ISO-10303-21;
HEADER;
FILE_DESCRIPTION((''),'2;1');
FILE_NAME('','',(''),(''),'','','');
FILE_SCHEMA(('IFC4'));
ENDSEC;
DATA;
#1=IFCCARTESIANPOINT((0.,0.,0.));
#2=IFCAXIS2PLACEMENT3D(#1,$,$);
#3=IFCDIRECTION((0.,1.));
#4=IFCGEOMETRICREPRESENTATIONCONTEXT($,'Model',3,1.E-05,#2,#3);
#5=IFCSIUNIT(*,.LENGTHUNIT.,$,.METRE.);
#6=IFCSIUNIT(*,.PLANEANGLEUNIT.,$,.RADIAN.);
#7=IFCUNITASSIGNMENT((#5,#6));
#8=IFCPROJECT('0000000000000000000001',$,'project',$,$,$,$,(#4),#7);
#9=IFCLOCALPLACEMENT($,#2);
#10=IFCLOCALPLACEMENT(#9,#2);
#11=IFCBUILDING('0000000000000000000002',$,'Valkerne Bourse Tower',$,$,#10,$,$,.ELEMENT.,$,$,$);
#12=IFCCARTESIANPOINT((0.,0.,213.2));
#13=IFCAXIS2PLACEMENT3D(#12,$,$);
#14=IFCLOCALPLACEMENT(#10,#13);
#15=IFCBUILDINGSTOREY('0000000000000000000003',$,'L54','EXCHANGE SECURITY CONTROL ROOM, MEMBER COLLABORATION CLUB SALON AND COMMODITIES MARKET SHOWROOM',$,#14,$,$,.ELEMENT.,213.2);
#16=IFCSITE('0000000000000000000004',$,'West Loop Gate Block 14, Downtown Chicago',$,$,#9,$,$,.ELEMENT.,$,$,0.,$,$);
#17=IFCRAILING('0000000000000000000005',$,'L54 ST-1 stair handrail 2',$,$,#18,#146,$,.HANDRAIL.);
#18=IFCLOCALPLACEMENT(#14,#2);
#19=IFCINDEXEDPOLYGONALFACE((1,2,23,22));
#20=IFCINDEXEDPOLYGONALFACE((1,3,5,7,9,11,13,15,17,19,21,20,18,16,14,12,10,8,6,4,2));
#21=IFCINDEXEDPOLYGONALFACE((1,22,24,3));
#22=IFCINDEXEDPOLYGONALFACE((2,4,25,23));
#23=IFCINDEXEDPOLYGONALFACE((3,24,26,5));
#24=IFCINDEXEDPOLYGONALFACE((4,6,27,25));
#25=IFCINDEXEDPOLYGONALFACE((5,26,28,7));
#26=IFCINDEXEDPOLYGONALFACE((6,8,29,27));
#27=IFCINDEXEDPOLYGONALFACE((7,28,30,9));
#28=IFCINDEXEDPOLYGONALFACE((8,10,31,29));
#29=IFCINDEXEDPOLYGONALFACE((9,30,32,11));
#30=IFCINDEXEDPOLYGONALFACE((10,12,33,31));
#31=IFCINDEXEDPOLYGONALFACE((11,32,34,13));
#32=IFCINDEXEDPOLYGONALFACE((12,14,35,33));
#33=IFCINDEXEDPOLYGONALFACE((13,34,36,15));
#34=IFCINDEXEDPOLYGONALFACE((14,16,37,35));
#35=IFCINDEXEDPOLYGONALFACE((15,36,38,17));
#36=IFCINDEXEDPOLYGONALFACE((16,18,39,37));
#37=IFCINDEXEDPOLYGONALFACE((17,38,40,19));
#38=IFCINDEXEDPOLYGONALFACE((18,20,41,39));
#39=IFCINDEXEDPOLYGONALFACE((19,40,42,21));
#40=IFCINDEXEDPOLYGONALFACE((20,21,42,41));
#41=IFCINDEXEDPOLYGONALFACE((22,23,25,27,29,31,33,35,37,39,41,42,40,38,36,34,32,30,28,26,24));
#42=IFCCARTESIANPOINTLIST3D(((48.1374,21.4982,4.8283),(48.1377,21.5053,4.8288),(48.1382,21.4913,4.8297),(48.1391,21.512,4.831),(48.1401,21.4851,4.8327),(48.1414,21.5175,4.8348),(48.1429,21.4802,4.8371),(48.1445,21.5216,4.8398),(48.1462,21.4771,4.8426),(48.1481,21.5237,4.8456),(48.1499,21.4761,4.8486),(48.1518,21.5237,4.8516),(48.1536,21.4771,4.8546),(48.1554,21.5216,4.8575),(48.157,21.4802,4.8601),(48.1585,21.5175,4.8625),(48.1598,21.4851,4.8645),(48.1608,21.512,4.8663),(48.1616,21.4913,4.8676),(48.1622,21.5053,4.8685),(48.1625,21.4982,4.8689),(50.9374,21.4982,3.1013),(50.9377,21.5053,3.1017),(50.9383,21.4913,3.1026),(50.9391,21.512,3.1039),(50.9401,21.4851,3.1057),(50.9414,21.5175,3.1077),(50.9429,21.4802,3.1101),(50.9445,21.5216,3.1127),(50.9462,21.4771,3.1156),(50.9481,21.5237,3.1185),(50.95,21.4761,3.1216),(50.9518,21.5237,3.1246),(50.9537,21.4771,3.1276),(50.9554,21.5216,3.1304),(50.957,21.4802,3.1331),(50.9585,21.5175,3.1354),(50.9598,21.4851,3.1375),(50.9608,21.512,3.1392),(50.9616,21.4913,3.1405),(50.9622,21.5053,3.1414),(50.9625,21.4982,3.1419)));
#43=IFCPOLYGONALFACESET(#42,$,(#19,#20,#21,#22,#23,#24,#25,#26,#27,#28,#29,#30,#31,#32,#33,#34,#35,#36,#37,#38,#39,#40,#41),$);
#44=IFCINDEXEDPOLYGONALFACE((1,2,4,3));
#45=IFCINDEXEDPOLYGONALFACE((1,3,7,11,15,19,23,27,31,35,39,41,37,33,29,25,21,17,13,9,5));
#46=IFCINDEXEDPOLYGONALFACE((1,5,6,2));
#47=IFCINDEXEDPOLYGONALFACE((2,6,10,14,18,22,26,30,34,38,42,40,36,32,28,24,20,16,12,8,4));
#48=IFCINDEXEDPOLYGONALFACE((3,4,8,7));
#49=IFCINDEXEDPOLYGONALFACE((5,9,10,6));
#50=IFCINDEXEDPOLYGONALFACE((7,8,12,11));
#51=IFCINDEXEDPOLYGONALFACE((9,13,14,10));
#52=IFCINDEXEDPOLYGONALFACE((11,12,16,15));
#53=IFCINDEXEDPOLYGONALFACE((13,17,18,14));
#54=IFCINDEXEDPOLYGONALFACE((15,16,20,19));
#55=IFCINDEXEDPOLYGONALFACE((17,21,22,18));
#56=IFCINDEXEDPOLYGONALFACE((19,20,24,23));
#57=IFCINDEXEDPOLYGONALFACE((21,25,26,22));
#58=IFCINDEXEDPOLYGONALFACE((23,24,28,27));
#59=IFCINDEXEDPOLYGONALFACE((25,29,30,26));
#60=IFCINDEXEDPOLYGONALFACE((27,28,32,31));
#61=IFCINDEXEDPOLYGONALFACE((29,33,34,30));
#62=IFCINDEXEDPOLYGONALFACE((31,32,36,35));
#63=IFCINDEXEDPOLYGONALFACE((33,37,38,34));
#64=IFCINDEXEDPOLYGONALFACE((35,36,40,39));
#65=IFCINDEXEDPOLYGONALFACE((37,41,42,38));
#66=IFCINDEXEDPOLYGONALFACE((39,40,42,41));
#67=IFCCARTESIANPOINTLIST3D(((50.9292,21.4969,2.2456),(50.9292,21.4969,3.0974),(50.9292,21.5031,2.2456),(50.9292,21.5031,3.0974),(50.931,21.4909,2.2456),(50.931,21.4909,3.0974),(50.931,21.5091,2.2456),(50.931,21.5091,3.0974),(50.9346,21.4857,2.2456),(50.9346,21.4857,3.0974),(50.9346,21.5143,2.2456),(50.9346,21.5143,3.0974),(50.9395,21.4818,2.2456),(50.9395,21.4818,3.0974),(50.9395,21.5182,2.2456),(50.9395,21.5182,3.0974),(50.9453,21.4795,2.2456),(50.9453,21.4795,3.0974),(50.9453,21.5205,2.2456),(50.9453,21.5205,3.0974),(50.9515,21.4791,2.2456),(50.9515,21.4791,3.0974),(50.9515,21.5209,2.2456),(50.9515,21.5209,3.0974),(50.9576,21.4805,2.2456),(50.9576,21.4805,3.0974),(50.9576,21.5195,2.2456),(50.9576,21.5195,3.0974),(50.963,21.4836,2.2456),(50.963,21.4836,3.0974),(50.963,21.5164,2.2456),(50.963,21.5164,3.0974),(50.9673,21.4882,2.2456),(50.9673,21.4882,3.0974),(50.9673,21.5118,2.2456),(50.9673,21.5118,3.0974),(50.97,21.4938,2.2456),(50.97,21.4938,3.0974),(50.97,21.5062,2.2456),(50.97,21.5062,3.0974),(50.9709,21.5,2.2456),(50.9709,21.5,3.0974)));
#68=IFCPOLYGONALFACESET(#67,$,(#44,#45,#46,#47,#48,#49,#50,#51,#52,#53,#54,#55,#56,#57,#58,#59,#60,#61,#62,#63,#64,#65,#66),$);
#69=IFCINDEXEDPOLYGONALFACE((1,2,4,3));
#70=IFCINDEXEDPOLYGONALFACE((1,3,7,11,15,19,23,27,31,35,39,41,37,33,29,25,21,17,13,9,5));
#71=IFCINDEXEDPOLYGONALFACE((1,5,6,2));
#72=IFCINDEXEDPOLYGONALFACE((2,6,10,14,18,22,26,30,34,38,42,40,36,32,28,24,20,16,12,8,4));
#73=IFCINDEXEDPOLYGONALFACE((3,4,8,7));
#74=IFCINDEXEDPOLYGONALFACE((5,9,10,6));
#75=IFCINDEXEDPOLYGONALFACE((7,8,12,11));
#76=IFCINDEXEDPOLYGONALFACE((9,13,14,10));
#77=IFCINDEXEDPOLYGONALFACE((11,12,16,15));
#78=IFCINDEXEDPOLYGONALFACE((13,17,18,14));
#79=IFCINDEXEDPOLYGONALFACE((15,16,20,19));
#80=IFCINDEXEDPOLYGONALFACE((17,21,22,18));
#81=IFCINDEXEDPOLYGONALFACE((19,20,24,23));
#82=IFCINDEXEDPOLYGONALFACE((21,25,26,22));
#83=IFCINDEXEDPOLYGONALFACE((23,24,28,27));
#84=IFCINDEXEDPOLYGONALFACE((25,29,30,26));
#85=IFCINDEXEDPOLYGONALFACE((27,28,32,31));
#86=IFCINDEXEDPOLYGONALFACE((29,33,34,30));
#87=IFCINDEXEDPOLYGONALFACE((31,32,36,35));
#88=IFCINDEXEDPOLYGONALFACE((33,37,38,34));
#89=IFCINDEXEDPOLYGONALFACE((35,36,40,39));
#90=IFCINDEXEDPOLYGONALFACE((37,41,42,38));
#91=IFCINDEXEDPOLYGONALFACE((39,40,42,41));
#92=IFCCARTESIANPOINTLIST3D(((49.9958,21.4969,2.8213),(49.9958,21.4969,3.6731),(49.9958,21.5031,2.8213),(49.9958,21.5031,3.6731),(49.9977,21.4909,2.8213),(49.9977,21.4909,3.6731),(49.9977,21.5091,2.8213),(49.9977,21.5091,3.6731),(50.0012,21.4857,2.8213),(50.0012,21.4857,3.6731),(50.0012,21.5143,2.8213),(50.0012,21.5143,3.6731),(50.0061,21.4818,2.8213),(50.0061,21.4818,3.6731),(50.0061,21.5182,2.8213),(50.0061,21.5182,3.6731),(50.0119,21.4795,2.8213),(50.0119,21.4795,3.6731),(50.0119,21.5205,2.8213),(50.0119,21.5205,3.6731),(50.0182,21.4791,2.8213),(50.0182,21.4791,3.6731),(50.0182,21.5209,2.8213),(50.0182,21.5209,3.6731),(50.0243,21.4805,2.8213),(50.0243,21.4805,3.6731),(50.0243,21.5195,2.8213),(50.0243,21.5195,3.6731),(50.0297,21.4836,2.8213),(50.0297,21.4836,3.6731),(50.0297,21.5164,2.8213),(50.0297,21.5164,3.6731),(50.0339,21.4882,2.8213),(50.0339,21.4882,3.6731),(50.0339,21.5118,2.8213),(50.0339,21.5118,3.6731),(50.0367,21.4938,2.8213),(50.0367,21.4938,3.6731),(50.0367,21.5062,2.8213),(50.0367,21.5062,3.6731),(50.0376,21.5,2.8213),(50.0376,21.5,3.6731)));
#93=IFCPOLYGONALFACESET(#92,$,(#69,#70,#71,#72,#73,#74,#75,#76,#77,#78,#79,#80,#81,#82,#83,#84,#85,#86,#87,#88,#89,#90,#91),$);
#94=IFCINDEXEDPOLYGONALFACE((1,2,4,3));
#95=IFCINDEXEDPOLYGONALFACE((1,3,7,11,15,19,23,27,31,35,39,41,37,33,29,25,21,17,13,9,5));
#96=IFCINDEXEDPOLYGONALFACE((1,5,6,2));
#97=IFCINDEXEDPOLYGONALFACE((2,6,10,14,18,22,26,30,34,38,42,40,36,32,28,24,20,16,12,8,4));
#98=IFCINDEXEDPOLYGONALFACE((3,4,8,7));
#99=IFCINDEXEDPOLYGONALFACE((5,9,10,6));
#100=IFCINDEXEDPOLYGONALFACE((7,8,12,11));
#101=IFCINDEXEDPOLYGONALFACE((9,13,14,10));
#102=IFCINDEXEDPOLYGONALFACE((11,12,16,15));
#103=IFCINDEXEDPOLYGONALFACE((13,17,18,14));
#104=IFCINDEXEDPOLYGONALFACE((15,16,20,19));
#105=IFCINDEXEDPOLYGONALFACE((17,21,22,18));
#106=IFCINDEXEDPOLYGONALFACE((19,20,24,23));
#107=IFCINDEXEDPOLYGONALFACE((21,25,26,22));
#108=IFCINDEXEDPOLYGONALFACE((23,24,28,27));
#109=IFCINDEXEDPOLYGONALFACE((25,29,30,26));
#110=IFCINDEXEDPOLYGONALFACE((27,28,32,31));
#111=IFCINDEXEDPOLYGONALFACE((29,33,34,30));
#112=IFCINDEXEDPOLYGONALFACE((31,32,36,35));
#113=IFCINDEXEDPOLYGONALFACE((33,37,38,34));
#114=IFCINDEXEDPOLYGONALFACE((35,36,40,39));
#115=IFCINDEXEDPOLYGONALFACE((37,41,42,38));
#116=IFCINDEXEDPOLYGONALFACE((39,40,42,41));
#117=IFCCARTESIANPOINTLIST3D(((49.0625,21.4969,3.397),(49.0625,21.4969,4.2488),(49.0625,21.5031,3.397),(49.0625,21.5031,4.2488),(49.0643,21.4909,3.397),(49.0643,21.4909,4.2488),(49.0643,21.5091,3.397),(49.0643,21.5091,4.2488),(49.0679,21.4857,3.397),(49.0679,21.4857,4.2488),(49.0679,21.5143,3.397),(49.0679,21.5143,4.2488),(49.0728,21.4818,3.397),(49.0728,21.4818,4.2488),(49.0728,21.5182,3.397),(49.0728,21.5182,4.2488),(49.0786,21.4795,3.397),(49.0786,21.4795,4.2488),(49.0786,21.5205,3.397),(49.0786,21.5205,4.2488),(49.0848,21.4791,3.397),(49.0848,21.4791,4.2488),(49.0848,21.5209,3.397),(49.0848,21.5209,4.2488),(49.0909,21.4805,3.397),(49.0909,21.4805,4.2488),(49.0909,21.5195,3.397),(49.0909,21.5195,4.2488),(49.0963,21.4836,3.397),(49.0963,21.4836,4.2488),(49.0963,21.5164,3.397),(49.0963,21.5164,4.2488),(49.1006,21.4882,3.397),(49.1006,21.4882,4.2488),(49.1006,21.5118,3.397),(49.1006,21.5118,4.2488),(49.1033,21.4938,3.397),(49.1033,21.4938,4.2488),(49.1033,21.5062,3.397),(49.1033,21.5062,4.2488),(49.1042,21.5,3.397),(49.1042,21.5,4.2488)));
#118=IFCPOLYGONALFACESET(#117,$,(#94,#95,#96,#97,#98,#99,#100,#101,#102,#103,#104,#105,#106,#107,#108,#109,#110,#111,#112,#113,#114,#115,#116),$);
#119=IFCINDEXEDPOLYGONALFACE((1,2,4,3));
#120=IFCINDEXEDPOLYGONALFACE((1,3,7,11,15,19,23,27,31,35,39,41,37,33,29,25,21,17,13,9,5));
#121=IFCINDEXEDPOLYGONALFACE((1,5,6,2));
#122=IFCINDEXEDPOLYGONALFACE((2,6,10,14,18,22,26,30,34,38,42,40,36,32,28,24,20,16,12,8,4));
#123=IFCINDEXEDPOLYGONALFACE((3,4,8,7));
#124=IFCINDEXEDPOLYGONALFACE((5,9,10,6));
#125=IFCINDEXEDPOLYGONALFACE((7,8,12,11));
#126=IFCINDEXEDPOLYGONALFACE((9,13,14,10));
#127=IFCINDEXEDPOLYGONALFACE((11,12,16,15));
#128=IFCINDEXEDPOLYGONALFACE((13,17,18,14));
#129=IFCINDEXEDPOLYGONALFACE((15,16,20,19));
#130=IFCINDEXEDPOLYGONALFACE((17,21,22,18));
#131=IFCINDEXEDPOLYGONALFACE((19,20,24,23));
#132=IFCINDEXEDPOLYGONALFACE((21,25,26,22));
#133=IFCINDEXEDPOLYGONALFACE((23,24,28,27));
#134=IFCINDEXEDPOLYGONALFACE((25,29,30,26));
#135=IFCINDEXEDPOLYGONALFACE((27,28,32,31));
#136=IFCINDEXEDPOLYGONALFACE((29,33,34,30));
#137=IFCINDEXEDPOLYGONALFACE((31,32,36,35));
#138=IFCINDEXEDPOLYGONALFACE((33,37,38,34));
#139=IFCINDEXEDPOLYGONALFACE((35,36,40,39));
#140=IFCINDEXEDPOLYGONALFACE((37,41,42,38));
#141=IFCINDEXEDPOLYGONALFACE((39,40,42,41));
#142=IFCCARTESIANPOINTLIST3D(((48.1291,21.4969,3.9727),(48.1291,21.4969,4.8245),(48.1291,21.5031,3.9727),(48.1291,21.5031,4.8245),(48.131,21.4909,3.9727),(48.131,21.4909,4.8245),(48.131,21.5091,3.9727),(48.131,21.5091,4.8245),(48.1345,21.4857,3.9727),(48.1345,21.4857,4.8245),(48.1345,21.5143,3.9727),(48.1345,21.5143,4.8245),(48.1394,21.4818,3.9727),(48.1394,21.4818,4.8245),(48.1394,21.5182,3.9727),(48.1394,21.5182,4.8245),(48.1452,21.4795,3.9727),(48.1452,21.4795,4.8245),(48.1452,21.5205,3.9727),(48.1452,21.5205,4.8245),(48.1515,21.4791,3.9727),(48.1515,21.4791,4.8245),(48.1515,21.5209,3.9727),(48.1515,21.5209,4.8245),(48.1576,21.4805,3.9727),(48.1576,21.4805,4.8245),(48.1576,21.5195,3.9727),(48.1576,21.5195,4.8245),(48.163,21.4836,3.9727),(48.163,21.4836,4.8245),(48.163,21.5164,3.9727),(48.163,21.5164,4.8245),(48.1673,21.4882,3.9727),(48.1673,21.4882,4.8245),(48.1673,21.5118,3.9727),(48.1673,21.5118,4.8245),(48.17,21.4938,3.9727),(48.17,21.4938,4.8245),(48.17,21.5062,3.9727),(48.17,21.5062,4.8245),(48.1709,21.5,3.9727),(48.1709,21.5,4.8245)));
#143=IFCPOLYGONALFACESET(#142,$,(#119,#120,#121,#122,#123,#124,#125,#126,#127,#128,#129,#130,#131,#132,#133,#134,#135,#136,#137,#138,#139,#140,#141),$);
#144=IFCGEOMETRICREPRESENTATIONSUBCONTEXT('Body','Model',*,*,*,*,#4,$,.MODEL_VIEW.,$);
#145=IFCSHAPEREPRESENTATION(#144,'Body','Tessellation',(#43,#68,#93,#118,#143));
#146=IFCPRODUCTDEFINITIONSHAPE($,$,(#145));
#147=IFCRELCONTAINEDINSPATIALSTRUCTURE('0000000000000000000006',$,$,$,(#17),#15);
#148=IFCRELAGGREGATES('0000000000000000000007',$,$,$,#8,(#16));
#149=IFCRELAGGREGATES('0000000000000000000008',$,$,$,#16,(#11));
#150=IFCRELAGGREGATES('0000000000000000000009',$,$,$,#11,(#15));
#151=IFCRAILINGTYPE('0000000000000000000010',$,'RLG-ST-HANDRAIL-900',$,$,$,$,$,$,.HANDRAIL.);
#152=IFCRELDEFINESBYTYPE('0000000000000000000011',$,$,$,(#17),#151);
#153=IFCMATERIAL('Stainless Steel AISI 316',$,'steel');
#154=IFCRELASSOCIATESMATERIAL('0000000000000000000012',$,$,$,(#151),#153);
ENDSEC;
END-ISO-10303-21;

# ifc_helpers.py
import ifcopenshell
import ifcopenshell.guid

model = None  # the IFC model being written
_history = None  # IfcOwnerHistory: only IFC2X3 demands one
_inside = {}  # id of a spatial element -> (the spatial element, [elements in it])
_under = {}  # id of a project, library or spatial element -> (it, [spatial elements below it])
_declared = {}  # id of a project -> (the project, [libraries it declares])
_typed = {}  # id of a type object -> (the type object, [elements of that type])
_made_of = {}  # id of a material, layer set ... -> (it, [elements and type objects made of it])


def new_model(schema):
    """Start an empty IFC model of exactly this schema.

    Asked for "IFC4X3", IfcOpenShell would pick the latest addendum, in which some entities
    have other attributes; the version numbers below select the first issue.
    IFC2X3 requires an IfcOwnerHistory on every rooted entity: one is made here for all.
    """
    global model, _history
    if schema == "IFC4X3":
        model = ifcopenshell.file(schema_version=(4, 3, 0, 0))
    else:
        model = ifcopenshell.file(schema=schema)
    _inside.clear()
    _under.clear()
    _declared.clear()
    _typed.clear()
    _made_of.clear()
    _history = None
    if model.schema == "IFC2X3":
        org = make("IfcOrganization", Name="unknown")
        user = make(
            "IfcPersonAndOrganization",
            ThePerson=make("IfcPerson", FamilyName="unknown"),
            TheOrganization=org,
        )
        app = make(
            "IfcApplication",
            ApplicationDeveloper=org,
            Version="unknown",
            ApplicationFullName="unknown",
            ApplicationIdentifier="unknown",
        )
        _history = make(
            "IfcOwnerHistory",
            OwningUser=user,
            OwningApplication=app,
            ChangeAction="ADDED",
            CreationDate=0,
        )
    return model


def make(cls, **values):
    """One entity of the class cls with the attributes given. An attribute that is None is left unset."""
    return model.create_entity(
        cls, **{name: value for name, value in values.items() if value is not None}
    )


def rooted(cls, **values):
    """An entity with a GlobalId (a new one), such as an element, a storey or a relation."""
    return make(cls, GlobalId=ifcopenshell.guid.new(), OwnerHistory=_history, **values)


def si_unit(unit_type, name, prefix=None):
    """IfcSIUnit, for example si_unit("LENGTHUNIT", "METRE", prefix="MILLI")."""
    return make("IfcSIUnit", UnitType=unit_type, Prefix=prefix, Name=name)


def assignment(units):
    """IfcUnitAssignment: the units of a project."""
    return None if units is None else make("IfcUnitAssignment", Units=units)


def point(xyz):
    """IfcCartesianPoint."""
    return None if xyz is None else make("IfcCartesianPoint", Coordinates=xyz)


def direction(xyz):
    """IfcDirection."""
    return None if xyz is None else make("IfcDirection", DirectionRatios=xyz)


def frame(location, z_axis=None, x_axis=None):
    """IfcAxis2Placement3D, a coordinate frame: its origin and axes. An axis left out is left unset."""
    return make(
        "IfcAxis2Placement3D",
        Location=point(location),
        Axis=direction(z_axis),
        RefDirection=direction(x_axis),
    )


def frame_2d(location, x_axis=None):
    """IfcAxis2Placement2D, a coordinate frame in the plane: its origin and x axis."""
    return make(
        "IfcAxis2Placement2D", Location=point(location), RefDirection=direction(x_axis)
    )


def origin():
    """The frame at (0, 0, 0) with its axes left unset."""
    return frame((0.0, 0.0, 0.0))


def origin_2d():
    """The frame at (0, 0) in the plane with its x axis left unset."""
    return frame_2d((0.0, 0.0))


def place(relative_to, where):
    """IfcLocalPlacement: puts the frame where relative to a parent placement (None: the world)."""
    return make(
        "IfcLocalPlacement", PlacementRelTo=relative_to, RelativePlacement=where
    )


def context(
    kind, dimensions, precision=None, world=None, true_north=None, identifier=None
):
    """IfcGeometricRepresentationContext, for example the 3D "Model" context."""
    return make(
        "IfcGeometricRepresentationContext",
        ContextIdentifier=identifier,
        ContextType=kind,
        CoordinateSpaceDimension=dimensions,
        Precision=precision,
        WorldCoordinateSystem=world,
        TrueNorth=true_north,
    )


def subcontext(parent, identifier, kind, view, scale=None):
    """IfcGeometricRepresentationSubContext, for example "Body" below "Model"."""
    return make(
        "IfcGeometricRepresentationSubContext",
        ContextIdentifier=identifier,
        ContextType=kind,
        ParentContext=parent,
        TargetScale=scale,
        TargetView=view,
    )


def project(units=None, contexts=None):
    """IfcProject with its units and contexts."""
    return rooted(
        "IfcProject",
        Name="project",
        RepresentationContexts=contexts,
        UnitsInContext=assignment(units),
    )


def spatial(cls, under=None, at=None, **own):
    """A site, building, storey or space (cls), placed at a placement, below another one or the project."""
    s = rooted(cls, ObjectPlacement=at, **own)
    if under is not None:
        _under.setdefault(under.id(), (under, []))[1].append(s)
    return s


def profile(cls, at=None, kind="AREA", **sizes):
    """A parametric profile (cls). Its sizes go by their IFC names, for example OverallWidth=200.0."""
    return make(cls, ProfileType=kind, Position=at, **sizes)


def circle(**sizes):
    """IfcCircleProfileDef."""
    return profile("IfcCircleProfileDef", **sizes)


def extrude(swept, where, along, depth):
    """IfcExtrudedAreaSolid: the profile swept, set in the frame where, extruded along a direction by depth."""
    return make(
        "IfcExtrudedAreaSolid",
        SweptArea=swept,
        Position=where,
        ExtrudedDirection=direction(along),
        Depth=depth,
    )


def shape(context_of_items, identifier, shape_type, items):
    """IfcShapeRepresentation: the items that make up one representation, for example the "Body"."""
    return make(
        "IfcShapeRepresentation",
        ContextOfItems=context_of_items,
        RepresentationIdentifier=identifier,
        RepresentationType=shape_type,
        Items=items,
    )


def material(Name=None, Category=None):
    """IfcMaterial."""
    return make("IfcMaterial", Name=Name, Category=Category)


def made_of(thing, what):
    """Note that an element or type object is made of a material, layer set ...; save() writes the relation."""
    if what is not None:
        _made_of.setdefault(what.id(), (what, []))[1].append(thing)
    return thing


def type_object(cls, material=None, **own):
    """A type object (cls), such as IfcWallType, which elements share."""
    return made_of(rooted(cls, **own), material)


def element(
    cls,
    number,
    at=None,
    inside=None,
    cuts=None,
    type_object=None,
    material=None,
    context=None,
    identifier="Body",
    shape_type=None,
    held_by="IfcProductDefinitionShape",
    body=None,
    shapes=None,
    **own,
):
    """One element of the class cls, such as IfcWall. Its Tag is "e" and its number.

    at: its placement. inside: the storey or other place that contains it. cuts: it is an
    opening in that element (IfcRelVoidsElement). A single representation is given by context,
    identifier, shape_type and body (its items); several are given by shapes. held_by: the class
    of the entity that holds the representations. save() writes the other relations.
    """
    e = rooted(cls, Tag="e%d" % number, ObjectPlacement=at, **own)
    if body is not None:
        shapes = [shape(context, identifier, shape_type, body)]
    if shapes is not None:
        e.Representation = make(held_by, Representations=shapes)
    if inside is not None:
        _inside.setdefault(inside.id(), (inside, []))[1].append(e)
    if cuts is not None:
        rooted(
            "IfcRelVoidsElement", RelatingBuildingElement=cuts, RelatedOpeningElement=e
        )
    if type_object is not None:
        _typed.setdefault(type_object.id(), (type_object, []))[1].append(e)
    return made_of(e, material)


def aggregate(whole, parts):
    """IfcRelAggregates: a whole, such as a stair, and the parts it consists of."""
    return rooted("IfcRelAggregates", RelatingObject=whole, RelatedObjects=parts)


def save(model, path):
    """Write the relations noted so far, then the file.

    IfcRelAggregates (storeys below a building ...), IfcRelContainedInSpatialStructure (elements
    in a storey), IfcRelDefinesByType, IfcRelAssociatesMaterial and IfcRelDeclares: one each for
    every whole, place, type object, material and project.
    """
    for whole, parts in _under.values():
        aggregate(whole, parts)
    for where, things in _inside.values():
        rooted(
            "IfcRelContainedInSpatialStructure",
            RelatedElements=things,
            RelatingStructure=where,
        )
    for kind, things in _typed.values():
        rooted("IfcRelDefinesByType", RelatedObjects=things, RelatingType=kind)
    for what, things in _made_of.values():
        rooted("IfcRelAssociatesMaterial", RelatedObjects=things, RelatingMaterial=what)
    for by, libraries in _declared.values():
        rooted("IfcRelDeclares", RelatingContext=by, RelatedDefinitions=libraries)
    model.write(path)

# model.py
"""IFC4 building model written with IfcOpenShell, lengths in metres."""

from ifc_helpers import new_model, si_unit, direction, frame, origin, origin_2d, place, context, subcontext, project, spatial, circle, extrude, material, type_object, element, save


model = new_model("IFC4")

# Units and contexts
model_context = context("Model", 3, precision=1e-05, world=origin(), true_north=direction((0.0, 1.0)))
body_context = subcontext(model_context, "Body", "Model", "MODEL_VIEW")
ifc_project = project(units=[si_unit("LENGTHUNIT", "METRE"), si_unit("PLANEANGLEUNIT", "RADIAN")], contexts=[model_context])

# Site, building, storey
site_placement = place(None, origin())
site = spatial("IfcSite", under=ifc_project, at=site_placement, Name="West Loop Gate Block 14, Downtown Chicago", CompositionType="ELEMENT", RefElevation=0.0)
building_placement = place(site_placement, origin())
building = spatial("IfcBuilding", under=site, at=building_placement, Name="Valkerne Bourse Tower", CompositionType="ELEMENT")
storey_placement = place(building_placement, frame((0.0, 0.0, 213.2)))
storey = spatial("IfcBuildingStorey", under=building, at=storey_placement, Name="L54", Description="EXCHANGE SECURITY CONTROL ROOM, MEMBER COLLABORATION CLUB SALON AND COMMODITIES MARKET SHOWROOM", CompositionType="ELEMENT", Elevation=213.2)

# Shared definitions
ifc_material_1 = material(Name="Stainless Steel AISI 316", Category="steel")

# Railing
railing_type_1 = type_object("IfcRailingType", Name="RLG-ST-HANDRAIL-900", PredefinedType="HANDRAIL", material=ifc_material_1)
railing_1_placement = place(storey_placement, frame((50.95, 21.5, 2.2456)))
element("IfcRailing", 1, at=railing_1_placement, inside=storey, type_object=railing_type_1, Name="L54 ST-1 stair handrail 2", PredefinedType="HANDRAIL", context=body_context, shape_type="SweptSolid", body=[
    extrude(circle(Radius=0.0239, at=origin_2d()), frame((0.0, 0.0, 0.876), z_axis=(-0.851123, 0.0, 0.524967), x_axis=(0.0, -1.0, 0.0)), (0.0, 0.0, 1.0), 3.2898),
    extrude(circle(Radius=0.021, at=origin_2d()), origin(), (0.0, 0.0, 1.0), 0.8518),
    extrude(circle(Radius=0.021, at=origin_2d()), frame((-0.9333, 0.0, 0.5757)), (0.0, 0.0, 1.0), 0.8518),
    extrude(circle(Radius=0.021, at=origin_2d()), frame((-1.8667, 0.0, 1.1514)), (0.0, 0.0, 1.0), 0.8518),
    extrude(circle(Radius=0.021, at=origin_2d()), frame((-2.8, 0.0, 1.7271)), (0.0, 0.0, 1.0), 0.8518),
])

save(model, "model.ifc")
